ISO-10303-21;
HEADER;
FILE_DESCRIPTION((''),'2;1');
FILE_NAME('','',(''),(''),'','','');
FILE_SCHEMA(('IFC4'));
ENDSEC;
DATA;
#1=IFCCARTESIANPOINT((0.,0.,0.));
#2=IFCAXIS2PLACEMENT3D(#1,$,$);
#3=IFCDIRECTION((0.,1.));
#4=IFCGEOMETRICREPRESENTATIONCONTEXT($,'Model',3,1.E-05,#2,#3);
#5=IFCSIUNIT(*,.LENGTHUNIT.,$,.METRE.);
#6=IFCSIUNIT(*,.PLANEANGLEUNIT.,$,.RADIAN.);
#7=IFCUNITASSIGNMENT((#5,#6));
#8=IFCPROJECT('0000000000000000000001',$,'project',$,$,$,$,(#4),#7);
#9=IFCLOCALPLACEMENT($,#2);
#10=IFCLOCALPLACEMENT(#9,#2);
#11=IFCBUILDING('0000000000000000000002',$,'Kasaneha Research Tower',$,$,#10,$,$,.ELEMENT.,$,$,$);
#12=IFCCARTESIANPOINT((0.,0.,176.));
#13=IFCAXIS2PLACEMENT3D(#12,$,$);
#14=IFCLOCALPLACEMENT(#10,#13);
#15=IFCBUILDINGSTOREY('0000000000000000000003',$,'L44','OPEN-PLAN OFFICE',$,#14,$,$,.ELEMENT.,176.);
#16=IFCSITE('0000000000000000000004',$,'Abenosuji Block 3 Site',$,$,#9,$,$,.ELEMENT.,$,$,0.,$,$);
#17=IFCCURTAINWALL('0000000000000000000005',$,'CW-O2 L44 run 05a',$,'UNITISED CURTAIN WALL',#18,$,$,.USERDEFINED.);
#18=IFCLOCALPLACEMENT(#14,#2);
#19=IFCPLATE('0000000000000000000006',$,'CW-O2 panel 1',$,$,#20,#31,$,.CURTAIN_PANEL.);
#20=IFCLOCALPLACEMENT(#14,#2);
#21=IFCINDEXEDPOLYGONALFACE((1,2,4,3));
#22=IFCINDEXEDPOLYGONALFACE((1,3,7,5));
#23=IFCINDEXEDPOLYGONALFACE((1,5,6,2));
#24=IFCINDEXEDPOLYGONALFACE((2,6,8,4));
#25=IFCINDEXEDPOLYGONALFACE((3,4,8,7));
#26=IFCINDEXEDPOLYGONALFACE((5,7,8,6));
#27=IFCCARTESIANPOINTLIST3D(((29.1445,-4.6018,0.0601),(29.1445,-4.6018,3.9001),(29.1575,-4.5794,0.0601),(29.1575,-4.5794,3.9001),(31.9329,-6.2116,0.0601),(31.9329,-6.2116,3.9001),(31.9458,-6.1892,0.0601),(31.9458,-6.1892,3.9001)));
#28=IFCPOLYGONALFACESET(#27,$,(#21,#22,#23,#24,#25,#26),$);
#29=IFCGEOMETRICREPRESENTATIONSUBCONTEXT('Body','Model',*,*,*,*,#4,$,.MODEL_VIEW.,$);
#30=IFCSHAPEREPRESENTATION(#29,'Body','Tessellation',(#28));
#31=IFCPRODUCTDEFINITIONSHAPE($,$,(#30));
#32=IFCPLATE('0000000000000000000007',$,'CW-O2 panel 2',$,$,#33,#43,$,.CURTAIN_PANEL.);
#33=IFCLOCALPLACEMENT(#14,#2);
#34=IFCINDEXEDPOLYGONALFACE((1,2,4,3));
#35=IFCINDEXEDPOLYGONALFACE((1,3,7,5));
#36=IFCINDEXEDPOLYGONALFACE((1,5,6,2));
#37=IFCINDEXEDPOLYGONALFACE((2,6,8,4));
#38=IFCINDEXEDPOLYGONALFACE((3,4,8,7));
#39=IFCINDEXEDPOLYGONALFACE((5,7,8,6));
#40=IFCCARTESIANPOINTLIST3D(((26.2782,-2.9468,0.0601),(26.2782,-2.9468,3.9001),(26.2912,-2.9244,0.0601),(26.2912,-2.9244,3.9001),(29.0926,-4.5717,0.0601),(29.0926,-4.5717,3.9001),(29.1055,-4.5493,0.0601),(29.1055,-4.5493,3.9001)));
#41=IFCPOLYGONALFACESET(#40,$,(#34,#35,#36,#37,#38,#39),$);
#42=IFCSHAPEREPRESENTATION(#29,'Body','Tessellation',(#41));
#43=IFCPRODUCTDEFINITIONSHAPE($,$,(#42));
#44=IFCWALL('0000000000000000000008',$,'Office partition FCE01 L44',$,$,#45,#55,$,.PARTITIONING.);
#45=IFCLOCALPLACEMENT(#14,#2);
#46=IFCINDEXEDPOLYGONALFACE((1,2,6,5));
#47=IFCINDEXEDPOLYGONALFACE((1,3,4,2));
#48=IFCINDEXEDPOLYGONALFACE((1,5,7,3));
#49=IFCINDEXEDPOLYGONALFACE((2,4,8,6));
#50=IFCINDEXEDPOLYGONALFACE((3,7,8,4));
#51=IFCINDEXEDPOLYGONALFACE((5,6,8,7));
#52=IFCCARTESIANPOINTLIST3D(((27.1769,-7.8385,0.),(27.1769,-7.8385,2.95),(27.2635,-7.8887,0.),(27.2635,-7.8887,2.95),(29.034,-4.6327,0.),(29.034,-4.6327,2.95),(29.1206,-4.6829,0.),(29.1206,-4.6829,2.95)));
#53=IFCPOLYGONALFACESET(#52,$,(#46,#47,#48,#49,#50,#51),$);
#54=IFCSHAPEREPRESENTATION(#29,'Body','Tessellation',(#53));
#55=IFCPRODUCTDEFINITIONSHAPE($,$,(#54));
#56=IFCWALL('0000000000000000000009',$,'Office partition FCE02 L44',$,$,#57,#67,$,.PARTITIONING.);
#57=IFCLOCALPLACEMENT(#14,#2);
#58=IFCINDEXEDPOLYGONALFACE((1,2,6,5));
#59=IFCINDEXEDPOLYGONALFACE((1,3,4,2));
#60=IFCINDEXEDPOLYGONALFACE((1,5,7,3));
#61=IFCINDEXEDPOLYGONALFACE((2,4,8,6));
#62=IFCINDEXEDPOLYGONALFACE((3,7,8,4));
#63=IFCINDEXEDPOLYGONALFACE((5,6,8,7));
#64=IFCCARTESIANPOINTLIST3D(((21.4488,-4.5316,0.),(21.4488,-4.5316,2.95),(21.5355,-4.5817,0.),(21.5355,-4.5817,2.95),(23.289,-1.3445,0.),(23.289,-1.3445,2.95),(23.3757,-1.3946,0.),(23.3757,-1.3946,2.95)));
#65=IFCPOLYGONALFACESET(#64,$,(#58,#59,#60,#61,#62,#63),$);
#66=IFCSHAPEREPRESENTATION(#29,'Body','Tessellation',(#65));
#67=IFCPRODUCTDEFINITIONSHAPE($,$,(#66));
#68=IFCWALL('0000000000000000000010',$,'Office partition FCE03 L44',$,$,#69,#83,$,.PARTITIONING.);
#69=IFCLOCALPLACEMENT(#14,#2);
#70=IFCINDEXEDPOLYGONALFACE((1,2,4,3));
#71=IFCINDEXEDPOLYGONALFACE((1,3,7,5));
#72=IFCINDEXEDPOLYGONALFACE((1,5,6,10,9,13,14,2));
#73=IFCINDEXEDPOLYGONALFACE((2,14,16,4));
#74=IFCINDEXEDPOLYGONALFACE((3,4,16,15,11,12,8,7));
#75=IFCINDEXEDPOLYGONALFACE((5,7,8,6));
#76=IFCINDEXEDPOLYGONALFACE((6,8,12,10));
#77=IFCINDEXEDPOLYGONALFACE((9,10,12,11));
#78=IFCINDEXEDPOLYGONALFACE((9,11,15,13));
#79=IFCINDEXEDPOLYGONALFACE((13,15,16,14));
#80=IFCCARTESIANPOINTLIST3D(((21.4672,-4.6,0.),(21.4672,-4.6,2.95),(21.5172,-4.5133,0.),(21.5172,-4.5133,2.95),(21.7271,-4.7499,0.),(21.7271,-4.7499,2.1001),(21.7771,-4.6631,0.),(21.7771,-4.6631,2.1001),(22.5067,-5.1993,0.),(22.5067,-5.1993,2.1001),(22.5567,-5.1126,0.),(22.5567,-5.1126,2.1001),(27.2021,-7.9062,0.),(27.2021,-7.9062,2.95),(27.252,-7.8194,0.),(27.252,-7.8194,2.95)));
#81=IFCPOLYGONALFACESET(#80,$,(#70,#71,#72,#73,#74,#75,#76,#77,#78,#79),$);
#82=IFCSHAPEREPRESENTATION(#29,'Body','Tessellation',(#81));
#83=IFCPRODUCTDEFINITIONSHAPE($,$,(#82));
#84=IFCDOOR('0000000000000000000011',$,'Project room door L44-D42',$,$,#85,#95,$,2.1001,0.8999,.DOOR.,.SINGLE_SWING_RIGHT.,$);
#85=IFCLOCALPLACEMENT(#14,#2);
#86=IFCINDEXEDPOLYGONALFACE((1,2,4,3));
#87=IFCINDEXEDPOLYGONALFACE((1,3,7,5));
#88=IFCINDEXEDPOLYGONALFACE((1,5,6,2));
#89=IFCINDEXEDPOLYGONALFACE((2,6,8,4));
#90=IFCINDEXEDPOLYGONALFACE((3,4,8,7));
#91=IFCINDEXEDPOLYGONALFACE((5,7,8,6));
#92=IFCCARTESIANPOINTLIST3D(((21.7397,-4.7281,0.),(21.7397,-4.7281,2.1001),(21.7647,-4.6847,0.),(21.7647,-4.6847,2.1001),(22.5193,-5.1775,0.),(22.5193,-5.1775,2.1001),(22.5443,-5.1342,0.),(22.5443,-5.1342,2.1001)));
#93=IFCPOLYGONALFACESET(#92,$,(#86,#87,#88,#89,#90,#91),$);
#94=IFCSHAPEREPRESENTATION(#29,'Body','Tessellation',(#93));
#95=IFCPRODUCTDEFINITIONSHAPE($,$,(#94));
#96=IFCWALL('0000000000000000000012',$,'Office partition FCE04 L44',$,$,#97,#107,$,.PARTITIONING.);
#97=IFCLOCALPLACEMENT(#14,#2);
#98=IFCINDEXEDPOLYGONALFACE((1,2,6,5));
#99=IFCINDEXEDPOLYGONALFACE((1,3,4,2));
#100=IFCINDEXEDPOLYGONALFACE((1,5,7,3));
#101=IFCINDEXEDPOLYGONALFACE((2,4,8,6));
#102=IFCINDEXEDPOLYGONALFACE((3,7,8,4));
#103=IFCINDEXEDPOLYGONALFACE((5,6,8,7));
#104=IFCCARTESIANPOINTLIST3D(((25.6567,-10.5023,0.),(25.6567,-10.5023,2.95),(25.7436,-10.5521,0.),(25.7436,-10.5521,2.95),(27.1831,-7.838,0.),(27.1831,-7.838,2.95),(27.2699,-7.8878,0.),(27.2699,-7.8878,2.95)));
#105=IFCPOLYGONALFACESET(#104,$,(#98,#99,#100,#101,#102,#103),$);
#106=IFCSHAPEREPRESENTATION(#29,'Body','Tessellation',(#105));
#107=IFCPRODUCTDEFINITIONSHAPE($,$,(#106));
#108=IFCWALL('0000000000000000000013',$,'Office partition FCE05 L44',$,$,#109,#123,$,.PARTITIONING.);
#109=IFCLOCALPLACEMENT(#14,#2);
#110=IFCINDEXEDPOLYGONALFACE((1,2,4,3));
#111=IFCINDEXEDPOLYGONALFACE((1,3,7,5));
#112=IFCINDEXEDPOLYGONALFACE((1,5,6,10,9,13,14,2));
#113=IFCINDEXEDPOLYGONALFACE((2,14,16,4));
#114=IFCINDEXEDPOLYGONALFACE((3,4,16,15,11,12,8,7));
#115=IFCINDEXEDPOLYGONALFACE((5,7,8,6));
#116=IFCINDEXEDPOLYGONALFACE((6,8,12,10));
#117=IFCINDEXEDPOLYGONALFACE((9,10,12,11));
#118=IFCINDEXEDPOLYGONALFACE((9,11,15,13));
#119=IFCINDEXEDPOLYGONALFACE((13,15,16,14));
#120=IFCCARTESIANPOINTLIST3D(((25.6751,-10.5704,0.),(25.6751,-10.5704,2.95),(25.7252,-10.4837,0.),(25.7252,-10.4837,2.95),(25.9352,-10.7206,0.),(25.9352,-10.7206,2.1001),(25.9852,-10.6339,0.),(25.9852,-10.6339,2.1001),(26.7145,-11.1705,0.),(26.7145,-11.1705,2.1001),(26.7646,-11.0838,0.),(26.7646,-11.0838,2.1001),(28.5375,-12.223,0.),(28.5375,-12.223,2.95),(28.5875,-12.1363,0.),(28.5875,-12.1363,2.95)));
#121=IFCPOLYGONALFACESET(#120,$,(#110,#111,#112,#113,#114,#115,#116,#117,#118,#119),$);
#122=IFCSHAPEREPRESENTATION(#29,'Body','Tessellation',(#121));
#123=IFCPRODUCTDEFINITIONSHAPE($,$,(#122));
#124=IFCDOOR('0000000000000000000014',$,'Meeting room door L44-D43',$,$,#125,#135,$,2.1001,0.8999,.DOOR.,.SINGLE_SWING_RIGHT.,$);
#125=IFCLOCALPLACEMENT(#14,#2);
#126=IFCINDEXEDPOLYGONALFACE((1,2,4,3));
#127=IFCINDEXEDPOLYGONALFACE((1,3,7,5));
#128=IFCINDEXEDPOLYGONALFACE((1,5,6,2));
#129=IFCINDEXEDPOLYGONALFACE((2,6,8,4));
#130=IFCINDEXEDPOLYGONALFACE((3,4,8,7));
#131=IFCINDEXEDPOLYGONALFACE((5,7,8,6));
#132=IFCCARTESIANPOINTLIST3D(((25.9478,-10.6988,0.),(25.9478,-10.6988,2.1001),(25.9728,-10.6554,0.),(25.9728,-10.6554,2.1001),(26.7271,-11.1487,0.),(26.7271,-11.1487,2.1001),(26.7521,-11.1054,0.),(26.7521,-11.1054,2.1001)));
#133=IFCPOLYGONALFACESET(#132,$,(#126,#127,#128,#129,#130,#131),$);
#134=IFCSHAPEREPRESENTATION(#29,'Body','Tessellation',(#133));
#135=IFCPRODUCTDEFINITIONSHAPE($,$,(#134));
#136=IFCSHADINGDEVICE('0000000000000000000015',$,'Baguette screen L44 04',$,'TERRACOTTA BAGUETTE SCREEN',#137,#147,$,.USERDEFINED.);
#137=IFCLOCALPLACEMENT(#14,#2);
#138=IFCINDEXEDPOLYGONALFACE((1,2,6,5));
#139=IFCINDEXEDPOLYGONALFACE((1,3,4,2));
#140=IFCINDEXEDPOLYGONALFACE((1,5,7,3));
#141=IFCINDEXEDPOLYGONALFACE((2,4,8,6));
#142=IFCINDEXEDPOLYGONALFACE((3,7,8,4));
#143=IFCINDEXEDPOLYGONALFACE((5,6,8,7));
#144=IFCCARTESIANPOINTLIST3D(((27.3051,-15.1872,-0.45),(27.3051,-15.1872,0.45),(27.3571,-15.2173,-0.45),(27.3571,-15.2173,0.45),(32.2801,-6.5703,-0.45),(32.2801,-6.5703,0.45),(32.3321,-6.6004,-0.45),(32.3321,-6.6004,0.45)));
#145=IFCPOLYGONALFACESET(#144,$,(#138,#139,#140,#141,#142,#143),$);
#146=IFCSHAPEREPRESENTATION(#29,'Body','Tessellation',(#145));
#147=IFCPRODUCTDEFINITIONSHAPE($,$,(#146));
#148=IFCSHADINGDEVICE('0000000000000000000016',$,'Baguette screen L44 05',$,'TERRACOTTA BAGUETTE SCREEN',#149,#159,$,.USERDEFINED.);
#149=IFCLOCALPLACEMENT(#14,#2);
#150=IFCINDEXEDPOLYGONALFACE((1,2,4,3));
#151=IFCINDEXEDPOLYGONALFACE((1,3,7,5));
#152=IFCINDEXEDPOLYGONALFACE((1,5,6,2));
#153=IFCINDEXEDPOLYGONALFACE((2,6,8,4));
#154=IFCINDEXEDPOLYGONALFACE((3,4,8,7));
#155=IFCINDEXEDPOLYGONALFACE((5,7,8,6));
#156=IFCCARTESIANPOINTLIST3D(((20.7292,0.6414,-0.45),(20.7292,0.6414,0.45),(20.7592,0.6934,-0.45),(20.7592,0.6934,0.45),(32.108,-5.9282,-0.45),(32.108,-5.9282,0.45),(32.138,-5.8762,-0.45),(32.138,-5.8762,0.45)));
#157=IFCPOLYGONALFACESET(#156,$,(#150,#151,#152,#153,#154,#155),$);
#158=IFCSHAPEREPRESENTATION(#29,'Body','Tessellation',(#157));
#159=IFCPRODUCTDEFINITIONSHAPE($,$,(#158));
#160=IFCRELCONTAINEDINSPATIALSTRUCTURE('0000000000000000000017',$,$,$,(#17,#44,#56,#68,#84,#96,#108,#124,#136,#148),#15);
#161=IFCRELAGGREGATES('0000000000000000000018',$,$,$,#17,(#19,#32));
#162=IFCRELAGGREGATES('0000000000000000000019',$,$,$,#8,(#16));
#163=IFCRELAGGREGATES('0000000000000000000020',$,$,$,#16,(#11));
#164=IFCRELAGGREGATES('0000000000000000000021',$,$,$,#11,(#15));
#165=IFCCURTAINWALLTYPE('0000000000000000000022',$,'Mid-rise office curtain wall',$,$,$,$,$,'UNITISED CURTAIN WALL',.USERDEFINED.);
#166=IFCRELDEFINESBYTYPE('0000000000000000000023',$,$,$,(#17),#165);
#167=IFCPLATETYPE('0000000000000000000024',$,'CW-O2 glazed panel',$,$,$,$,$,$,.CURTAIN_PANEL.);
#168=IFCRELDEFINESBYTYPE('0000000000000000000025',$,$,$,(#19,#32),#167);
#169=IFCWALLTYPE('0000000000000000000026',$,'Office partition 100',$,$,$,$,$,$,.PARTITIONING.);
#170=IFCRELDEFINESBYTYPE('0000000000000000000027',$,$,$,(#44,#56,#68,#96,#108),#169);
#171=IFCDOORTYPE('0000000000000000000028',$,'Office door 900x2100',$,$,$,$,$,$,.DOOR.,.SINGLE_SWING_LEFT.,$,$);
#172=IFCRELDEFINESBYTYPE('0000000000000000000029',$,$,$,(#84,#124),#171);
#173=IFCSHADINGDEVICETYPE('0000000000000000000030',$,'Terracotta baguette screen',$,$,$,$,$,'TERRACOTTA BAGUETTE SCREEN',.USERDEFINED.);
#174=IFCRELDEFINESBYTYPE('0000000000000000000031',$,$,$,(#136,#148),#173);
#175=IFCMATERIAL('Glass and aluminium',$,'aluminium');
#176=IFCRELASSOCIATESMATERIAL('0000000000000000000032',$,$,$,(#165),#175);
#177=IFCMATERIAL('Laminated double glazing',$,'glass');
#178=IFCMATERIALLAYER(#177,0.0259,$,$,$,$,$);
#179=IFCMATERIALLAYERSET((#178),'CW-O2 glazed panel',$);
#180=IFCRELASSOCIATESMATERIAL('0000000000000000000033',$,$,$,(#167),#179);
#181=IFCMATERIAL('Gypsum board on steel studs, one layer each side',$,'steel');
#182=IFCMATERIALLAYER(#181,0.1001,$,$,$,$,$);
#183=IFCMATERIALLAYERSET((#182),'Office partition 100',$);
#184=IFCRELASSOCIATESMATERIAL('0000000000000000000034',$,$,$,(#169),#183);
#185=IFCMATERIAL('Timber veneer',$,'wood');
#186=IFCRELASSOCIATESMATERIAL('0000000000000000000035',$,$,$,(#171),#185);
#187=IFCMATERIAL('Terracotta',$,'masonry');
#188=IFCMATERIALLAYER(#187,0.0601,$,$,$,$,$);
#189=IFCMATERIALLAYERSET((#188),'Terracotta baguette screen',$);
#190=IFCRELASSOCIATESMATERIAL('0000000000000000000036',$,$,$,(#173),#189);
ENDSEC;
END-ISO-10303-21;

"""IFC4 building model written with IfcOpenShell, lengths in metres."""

from ifc_helpers import new_model, si_unit, direction, frame, frame_2d, origin, origin_2d, place, context, subcontext, project, spatial, rectangle, extrude, material, layer, layer_set, type_object, element, fill, aggregate, save


model = new_model("IFC4")

# Units and contexts
model_context = context("Model", 3, precision=1e-05, world=origin(), true_north=direction((0.0, 1.0)))
body_context = subcontext(model_context, "Body", "Model", "MODEL_VIEW")
ifc_project = project(units=[si_unit("LENGTHUNIT", "METRE"), si_unit("PLANEANGLEUNIT", "RADIAN")], contexts=[model_context])

# Site, building, storey
site_placement = place(None, origin())
site = spatial("IfcSite", under=ifc_project, at=site_placement, Name="Abenosuji Block 3 Site", CompositionType="ELEMENT", RefElevation=0.0)
building_placement = place(site_placement, origin())
building = spatial("IfcBuilding", under=site, at=building_placement, Name="Kasaneha Research Tower", CompositionType="ELEMENT")
storey_placement = place(building_placement, frame((0.0, 0.0, 176.0)))
storey = spatial("IfcBuildingStorey", under=building, at=storey_placement, Name="L44", Description="OPEN-PLAN OFFICE", CompositionType="ELEMENT", Elevation=176.0)

# Curtain wall
ifc_material_1 = material(Name="Glass and aluminium", Category="aluminium")
curtain_wall_type = type_object("IfcCurtainWallType", Name="Mid-rise office curtain wall", ElementType="UNITISED CURTAIN WALL", PredefinedType="USERDEFINED", material=ifc_material_1)
curtain_wall_1_placement = place(storey_placement, origin())
curtain_wall_1 = element("IfcCurtainWall", 1, at=curtain_wall_1_placement, inside=storey, type_object=curtain_wall_type, Name="CW-O2 L44 run 05a", ObjectType="UNITISED CURTAIN WALL", PredefinedType="USERDEFINED")

# Plates
ifc_material_2 = material(Name="Laminated double glazing", Category="glass")
ifc_layer_1 = layer(ifc_material_2, 0.0259)
ifc_layer_set_1 = layer_set([ifc_layer_1], Name="CW-O2 glazed panel")
plate_type = type_object("IfcPlateType", Name="CW-O2 glazed panel", PredefinedType="CURTAIN_PANEL", material=ifc_layer_set_1)
plate_1_placement = place(storey_placement, frame((30.5452, -5.3955, 0.0601), z_axis=(0.0, 0.0, 1.0), x_axis=(-0.866025, 0.5, 0.0)))
plate_1 = element("IfcPlate", 2, at=plate_1_placement, type_object=plate_type, Name="CW-O2 panel 1", PredefinedType="CURTAIN_PANEL", context=body_context, shape_type="SweptSolid", body=[
    extrude(rectangle(XDim=3.2197, YDim=0.0259, at=origin_2d()), origin(), (0.0, 0.0, 1.0), 3.8401),
])
plate_2_placement = place(storey_placement, frame((27.6919, -3.748, 0.0601), z_axis=(0.0, 0.0, 1.0), x_axis=(-0.866025, 0.5, 0.0)))
plate_2 = element("IfcPlate", 3, at=plate_2_placement, type_object=plate_type, Name="CW-O2 panel 2", PredefinedType="CURTAIN_PANEL", context=body_context, shape_type="SweptSolid", body=[
    extrude(rectangle(XDim=3.2498, YDim=0.0259, at=origin_2d()), origin(), (0.0, 0.0, 1.0), 3.8401),
])
aggregate(curtain_wall_1, [plate_1, plate_2])

# Walls
ifc_material_3 = material(Name="Gypsum board on steel studs, one layer each side", Category="steel")
ifc_layer_2 = layer(ifc_material_3, 0.1001)
ifc_layer_set_2 = layer_set([ifc_layer_2], Name="Office partition 100")
wall_type = type_object("IfcWallType", Name="Office partition 100", PredefinedType="PARTITIONING", material=ifc_layer_set_2)
wall_1_placement = place(storey_placement, frame((29.0774, -4.6577, 0.0), z_axis=(0.0, 0.0, 1.0), x_axis=(-0.501275, -0.865288, 0.0)))
element("IfcWall", 4, at=wall_1_placement, inside=storey, type_object=wall_type, Name="Office partition FCE01 L44", PredefinedType="PARTITIONING", context=body_context, shape_type="SweptSolid", body=[
    extrude(rectangle(XDim=3.7048, YDim=0.1001, at=frame_2d((1.8525, 0.0))), origin(), (0.0, 0.0, 1.0), 2.95),
])
wall_2_placement = place(storey_placement, frame((21.4922, -4.5566, 0.0), z_axis=(0.0, 0.0, 1.0), x_axis=(0.500013, 0.866018, 0.0)))
element("IfcWall", 5, at=wall_2_placement, inside=storey, type_object=wall_type, Name="Office partition FCE02 L44", PredefinedType="PARTITIONING", context=body_context, shape_type="SweptSolid", body=[
    extrude(rectangle(XDim=3.6802, YDim=0.1001, at=frame_2d((1.8401, 0.0))), origin(), (0.0, 0.0, 1.0), 2.95),
])

# Wall, opening, door
wall_3_placement = place(storey_placement, frame((27.2271, -7.8628, 0.0), z_axis=(0.0, 0.0, 1.0), x_axis=(-0.866344, 0.499448, 0.0)))
wall_3 = element("IfcWall", 6, at=wall_3_placement, inside=storey, type_object=wall_type, Name="Office partition FCE03 L44", PredefinedType="PARTITIONING", context=body_context, shape_type="SweptSolid", body=[
    extrude(rectangle(XDim=6.6196, YDim=0.1001, at=frame_2d((3.3098, 0.0))), origin(), (0.0, 0.0, 1.0), 2.95),
])
opening_1_placement = place(wall_3_placement, frame((5.4197, 0.0, 0.0)))
opening_1 = element("IfcOpeningElement", 7, at=opening_1_placement, cuts=wall_3, PredefinedType="OPENING", context=body_context, shape_type="SweptSolid", body=[
    extrude(rectangle(XDim=0.8999, YDim=2.1001, at=frame_2d((0.45, 1.05))), frame((0.0, 0.0601, 0.0), z_axis=(0.0, -1.0, 0.0), x_axis=(1.0, 0.0, 0.0)), (0.0, 0.0, 1.0), 0.1201),
])
ifc_material_4 = material(Name="Timber veneer", Category="wood")
door_type = type_object("IfcDoorType", Name="Office door 900x2100", OperationType="SINGLE_SWING_LEFT", PredefinedType="DOOR", material=ifc_material_4)
door_1_placement = place(opening_1_placement, origin())
door_1 = element("IfcDoor", 8, at=door_1_placement, inside=storey, type_object=door_type, Name="Project room door L44-D42", OperationType="SINGLE_SWING_RIGHT", OverallHeight=2.1001, OverallWidth=0.8999, PredefinedType="DOOR", context=body_context, shape_type="SweptSolid", body=[
    extrude(rectangle(XDim=0.8999, YDim=2.1001, at=frame_2d((0.45, 1.05))), frame((0.0, 0.0249, 0.0), z_axis=(0.0, -1.0, 0.0), x_axis=(1.0, 0.0, 0.0)), (0.0, 0.0, 1.0), 0.05),
])
fill(opening_1, door_1)

# Wall
wall_4_placement = place(storey_placement, frame((25.7002, -10.5271, 0.0), z_axis=(0.0, 0.0, 1.0), x_axis=(0.497098, 0.867695, 0.0)))
element("IfcWall", 9, at=wall_4_placement, inside=storey, type_object=wall_type, Name="Office partition FCE04 L44", PredefinedType="PARTITIONING", context=body_context, shape_type="SweptSolid", body=[
    extrude(rectangle(XDim=3.0706, YDim=0.1001, at=frame_2d((1.5352, 0.0))), origin(), (0.0, 0.0, 1.0), 2.95),
])

# Wall, opening, door
wall_5_placement = place(storey_placement, frame((28.5625, -12.1797, 0.0), z_axis=(0.0, 0.0, 1.0), x_axis=(-0.866021, 0.500008, 0.0)))
wall_5 = element("IfcWall", 10, at=wall_5_placement, inside=storey, type_object=wall_type, Name="Office partition FCE05 L44", PredefinedType="PARTITIONING", context=body_context, shape_type="SweptSolid", body=[
    extrude(rectangle(XDim=3.3052, YDim=0.1001, at=frame_2d((1.6526, 0.0))), origin(), (0.0, 0.0, 1.0), 2.95),
])
opening_2_placement = place(wall_5_placement, frame((2.105, 0.0, 0.0)))
opening_2 = element("IfcOpeningElement", 11, at=opening_2_placement, cuts=wall_5, PredefinedType="OPENING", context=body_context, shape_type="SweptSolid", body=[
    extrude(rectangle(XDim=0.8999, YDim=2.1001, at=frame_2d((0.45, 1.05))), frame((0.0, 0.0601, 0.0), z_axis=(0.0, -1.0, 0.0), x_axis=(1.0, 0.0, 0.0)), (0.0, 0.0, 1.0), 0.1201),
])
door_2_placement = place(opening_2_placement, origin())
door_2 = element("IfcDoor", 12, at=door_2_placement, inside=storey, type_object=door_type, Name="Meeting room door L44-D43", OperationType="SINGLE_SWING_RIGHT", OverallHeight=2.1001, OverallWidth=0.8999, PredefinedType="DOOR", context=body_context, shape_type="SweptSolid", body=[
    extrude(rectangle(XDim=0.8999, YDim=2.1001, at=frame_2d((0.45, 1.05))), frame((0.0, 0.0249, 0.0), z_axis=(0.0, -1.0, 0.0), x_axis=(1.0, 0.0, 0.0)), (0.0, 0.0, 1.0), 0.05),
])
fill(opening_2, door_2)

# Shading devices
ifc_material_5 = material(Name="Terracotta", Category="masonry")
ifc_layer_3 = layer(ifc_material_5, 0.0601)
ifc_layer_set_3 = layer_set([ifc_layer_3], Name="Terracotta baguette screen")
shading_device_type = type_object("IfcShadingDeviceType", Name="Terracotta baguette screen", ElementType="TERRACOTTA BAGUETTE SCREEN", PredefinedType="USERDEFINED", material=ifc_layer_set_3)
shading_device_1_placement = place(storey_placement, frame((29.8186, -10.8938, -0.45), z_axis=(0.0, 0.0, 1.0), x_axis=(0.5, 0.866025, 0.0)))
element("IfcShadingDevice", 13, at=shading_device_1_placement, inside=storey, type_object=shading_device_type, Name="Baguette screen L44 04", ObjectType="TERRACOTTA BAGUETTE SCREEN", PredefinedType="USERDEFINED", context=body_context, shape_type="SweptSolid", body=[
    extrude(rectangle(XDim=9.95, YDim=0.0601, at=origin_2d()), origin(), (0.0, 0.0, 1.0), 0.8999),
])
shading_device_2_placement = place(storey_placement, frame((26.4336, -2.6174, -0.45), z_axis=(0.0, 0.0, 1.0), x_axis=(-0.866025, 0.5, 0.0)))
element("IfcShadingDevice", 14, at=shading_device_2_placement, inside=storey, type_object=shading_device_type, Name="Baguette screen L44 05", ObjectType="TERRACOTTA BAGUETTE SCREEN", PredefinedType="USERDEFINED", context=body_context, shape_type="SweptSolid", body=[
    extrude(rectangle(XDim=13.1392, YDim=0.0601, at=origin_2d()), origin(), (0.0, 0.0, 1.0), 0.8999),
])

save(model, "model.ifc")
